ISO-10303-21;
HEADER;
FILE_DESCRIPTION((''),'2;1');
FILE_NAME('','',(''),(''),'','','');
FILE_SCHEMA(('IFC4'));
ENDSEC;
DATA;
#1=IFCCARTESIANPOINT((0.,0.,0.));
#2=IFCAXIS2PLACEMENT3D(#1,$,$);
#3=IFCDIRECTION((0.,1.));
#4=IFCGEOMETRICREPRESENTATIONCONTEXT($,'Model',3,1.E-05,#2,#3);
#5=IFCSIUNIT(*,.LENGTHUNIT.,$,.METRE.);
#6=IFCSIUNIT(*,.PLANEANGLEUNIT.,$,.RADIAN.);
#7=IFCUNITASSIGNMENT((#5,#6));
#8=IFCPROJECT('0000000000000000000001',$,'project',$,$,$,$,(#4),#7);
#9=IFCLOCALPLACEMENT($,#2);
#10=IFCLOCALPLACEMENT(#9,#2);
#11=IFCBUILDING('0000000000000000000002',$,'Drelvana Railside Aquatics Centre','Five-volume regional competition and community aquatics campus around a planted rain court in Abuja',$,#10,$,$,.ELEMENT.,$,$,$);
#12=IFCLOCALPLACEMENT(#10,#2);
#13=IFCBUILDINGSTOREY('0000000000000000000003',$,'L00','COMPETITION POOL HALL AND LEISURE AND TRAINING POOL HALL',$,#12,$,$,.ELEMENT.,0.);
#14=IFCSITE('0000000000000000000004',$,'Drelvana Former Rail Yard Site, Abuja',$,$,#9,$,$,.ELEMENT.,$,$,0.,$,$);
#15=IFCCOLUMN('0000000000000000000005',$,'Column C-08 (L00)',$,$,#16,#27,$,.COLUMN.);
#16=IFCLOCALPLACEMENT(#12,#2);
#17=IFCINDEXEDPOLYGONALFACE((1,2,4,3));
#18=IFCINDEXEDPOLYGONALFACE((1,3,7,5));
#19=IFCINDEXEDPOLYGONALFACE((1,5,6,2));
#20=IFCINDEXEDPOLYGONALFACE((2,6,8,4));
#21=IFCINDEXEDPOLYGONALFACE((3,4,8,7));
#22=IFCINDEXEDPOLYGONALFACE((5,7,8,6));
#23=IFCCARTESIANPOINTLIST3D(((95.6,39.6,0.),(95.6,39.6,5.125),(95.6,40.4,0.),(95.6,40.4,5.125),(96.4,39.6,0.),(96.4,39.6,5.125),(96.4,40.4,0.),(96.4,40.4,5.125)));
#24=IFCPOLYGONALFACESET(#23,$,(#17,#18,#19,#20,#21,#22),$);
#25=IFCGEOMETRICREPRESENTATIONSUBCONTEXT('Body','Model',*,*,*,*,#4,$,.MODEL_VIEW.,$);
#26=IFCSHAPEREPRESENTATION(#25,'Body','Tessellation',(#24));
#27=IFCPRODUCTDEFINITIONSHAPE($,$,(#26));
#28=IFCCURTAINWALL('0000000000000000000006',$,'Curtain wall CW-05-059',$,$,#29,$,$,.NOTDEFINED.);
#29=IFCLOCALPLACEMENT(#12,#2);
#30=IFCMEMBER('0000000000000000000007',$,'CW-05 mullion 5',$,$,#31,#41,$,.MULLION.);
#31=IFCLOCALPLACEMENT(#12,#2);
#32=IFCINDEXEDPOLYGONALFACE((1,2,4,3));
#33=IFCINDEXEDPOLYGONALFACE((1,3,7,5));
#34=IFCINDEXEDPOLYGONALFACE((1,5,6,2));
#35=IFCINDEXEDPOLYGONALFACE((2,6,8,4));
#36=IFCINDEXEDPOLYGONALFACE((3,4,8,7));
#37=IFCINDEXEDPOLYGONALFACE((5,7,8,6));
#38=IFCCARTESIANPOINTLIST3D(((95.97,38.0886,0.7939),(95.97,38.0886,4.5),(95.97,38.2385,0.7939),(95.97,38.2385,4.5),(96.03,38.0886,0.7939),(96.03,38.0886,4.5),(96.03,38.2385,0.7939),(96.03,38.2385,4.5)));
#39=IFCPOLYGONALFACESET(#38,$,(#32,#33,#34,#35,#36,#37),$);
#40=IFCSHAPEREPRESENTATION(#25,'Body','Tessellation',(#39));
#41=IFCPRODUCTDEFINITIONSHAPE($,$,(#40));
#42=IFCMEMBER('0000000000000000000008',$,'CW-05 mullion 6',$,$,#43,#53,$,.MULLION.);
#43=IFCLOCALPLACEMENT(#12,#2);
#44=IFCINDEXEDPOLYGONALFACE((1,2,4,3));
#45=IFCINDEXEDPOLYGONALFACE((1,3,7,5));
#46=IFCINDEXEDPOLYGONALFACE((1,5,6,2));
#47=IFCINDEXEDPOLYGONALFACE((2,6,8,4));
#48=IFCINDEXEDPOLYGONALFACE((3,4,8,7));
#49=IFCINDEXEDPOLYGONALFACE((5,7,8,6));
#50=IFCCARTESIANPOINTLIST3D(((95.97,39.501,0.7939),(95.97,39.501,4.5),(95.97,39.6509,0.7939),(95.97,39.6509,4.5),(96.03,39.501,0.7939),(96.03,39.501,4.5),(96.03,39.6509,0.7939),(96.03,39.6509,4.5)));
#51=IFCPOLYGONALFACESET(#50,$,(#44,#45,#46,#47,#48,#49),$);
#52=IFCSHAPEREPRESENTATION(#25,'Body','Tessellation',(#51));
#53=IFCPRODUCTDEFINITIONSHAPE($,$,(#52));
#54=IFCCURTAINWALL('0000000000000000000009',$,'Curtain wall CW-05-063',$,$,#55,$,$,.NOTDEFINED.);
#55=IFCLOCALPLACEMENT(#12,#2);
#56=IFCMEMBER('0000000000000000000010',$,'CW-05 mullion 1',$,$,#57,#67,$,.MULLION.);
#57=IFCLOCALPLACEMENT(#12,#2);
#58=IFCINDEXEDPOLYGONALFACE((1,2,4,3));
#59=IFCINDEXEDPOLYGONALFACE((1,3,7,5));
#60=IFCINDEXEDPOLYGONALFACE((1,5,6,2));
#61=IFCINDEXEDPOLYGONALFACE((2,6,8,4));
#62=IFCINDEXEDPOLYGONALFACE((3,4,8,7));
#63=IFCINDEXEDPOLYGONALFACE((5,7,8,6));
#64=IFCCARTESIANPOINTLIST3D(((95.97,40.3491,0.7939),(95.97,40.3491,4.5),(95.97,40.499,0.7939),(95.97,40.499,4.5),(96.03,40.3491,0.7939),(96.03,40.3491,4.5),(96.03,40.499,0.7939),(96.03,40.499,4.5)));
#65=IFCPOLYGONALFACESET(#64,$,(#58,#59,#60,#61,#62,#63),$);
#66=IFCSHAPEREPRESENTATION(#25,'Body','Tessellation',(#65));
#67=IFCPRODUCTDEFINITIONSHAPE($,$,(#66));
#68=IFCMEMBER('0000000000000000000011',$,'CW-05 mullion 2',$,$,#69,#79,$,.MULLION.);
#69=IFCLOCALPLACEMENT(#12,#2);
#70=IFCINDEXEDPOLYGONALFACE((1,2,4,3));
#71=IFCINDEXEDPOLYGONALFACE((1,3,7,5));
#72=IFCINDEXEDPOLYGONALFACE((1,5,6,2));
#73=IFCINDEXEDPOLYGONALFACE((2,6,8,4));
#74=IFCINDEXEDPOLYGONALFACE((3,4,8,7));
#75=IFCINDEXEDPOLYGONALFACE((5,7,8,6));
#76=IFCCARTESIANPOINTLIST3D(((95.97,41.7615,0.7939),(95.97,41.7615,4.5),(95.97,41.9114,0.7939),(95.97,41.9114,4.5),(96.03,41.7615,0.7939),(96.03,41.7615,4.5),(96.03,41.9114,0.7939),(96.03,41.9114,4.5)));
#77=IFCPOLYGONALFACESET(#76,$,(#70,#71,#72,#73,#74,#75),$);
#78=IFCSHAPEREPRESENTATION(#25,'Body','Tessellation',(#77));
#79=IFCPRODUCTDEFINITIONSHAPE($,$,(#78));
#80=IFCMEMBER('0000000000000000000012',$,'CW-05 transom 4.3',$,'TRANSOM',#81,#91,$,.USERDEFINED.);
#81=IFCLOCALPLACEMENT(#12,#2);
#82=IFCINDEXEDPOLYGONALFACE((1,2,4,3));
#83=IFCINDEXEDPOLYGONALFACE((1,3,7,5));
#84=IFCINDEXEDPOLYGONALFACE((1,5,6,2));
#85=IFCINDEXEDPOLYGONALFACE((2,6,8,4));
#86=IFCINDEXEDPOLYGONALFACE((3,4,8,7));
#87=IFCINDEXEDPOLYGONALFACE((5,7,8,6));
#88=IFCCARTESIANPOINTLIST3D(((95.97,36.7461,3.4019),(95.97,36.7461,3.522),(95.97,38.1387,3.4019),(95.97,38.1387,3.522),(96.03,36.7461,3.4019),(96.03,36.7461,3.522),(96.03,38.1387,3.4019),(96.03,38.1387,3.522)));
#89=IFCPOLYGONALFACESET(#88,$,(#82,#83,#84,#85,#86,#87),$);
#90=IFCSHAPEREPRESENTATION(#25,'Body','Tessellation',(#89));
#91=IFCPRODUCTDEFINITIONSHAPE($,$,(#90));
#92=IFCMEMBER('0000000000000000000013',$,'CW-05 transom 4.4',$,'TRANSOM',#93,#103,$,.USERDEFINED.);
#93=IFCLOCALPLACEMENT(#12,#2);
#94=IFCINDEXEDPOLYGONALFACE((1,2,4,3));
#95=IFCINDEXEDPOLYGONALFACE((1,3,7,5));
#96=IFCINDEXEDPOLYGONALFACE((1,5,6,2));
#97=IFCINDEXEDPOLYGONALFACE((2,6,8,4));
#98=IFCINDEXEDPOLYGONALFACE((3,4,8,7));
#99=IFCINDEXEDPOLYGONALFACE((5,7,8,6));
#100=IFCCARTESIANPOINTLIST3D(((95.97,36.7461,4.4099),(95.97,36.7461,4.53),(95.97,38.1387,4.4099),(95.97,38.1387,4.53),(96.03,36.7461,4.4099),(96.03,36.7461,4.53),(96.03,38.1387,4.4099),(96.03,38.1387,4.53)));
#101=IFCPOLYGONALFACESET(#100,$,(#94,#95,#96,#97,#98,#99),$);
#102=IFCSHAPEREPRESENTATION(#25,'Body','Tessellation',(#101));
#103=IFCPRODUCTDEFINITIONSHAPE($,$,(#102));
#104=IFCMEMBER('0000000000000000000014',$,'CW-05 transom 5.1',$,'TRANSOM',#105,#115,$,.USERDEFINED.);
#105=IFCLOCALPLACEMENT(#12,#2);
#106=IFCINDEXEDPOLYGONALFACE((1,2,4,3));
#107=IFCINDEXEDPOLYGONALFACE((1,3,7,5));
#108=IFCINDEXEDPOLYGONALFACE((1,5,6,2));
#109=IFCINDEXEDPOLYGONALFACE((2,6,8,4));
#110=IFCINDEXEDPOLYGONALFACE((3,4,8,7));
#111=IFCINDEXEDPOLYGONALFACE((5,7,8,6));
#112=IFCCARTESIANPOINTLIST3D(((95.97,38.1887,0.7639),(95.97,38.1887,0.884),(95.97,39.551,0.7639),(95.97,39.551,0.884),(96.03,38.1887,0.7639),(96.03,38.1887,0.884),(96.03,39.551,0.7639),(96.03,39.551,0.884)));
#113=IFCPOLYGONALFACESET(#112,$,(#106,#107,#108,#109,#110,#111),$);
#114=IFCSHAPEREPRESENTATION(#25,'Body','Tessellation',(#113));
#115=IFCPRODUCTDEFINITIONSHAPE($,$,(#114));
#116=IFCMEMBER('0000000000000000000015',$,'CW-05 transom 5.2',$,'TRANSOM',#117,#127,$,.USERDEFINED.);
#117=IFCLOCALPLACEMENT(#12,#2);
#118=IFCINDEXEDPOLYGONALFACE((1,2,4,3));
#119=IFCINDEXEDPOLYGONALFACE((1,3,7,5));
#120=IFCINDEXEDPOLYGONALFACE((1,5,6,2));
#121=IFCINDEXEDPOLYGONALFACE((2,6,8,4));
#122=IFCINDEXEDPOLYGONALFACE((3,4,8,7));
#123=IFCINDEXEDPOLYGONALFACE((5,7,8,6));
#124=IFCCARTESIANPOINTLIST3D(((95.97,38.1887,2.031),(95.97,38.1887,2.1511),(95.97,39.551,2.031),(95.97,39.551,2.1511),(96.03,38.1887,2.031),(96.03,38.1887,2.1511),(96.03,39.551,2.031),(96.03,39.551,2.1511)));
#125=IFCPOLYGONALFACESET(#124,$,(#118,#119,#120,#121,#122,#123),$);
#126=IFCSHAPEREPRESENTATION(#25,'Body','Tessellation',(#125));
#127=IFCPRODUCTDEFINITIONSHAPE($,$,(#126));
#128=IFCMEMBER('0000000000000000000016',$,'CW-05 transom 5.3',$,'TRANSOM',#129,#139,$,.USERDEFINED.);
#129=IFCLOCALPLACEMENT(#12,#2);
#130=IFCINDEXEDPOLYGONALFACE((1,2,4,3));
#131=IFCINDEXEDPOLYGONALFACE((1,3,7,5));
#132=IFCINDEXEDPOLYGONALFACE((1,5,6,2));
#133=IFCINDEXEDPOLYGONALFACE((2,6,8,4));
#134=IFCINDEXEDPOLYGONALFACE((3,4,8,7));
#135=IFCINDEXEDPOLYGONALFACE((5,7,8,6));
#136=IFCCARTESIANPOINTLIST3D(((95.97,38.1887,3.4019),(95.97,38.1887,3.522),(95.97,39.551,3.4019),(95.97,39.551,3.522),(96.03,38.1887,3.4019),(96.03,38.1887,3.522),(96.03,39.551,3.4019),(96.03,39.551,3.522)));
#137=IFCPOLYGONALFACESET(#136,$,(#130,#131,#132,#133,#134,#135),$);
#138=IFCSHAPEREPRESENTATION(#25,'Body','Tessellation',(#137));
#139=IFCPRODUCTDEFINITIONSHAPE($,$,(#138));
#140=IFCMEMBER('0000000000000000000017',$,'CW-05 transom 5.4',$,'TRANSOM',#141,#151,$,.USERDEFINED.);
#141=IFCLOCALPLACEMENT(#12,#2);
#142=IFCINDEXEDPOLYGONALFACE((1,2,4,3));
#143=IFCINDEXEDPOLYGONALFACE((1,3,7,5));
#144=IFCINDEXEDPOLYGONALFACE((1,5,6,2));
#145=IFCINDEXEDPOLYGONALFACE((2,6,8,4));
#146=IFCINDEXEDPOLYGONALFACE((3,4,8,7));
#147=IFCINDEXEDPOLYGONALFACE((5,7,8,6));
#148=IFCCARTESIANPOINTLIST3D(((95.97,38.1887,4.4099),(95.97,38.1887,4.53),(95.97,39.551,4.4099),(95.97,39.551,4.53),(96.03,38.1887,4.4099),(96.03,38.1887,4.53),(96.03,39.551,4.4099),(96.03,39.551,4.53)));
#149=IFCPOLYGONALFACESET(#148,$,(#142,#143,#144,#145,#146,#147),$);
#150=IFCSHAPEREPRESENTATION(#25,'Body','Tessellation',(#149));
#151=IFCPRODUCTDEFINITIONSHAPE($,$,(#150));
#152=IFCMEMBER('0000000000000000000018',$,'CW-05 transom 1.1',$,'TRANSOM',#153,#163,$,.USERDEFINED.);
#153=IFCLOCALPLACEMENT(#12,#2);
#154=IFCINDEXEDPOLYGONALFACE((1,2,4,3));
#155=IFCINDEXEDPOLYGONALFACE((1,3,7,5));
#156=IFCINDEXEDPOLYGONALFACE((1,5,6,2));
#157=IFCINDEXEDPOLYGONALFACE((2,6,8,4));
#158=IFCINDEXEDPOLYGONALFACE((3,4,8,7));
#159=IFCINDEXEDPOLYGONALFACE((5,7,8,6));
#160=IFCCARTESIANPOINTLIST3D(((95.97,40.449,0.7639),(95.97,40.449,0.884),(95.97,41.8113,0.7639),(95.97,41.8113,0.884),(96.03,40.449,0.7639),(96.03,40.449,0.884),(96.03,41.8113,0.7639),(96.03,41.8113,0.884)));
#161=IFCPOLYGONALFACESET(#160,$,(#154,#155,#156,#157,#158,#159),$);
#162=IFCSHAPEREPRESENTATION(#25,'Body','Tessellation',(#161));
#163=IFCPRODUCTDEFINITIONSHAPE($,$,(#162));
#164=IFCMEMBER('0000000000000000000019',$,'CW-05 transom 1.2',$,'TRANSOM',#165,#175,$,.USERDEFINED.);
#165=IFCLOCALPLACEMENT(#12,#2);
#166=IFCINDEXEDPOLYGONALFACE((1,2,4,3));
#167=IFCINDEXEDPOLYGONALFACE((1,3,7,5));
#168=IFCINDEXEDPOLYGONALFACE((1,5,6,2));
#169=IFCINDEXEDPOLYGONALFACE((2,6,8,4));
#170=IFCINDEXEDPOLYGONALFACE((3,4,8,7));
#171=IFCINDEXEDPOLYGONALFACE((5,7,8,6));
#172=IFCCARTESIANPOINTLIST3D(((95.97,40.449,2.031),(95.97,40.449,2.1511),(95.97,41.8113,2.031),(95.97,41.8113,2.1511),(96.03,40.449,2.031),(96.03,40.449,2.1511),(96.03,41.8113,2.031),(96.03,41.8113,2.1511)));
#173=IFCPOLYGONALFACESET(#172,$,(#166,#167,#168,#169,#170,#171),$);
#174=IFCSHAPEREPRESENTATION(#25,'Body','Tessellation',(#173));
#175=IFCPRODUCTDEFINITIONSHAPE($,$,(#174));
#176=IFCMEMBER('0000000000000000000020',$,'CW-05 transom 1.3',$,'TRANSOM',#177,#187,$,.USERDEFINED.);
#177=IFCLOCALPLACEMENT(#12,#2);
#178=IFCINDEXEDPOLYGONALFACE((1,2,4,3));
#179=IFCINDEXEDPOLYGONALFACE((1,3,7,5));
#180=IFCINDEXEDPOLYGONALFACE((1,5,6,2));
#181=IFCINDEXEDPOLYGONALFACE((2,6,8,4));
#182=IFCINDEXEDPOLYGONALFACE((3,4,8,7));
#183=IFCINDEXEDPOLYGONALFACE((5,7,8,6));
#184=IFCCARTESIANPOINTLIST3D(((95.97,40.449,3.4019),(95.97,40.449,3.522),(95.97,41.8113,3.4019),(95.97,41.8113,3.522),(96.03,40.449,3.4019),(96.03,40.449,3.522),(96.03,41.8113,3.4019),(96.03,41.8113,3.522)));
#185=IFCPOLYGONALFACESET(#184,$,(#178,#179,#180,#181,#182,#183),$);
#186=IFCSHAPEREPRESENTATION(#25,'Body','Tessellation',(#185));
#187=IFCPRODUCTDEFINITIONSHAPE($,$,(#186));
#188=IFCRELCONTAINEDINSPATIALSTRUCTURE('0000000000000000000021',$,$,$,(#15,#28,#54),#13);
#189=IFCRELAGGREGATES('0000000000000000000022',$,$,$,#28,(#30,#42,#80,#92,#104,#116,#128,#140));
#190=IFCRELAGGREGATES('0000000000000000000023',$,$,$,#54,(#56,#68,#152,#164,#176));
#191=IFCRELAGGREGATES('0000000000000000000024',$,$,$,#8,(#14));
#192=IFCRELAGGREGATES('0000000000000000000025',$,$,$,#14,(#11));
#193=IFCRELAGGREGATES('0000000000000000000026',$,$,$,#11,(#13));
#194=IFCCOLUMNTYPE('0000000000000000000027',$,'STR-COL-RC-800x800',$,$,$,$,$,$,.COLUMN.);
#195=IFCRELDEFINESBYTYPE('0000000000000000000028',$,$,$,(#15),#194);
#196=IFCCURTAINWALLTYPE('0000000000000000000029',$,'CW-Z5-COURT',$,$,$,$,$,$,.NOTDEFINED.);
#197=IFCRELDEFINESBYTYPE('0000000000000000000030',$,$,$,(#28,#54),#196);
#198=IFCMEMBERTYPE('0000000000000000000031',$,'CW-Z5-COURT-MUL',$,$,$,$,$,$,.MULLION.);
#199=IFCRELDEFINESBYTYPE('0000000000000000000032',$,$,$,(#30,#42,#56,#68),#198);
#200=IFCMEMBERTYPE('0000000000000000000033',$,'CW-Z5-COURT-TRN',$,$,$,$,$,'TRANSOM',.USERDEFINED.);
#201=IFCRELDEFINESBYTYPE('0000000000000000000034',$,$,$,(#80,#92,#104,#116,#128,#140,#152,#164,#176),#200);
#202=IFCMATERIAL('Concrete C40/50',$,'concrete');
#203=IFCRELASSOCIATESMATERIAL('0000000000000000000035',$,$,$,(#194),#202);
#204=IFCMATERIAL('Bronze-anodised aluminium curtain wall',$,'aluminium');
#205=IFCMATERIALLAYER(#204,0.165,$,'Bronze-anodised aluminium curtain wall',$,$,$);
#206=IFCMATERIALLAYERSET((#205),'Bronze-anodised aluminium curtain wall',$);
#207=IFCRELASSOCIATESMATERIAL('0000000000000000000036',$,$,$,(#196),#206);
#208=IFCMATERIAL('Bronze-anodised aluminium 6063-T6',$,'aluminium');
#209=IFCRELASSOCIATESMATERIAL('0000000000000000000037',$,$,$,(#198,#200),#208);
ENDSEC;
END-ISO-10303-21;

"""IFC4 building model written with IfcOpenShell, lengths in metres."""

from ifc_helpers import new_model, si_unit, direction, frame, origin, origin_2d, place, context, subcontext, project, spatial, rectangle, extrude, material, layer, layer_set, material_profile, profile_set, type_object, element, aggregate, save


model = new_model("IFC4")

# Units and contexts
model_context = context("Model", 3, precision=1e-05, world=origin(), true_north=direction((0.0, 1.0)))
body_context = subcontext(model_context, "Body", "Model", "MODEL_VIEW")
ifc_project = project(units=[si_unit("LENGTHUNIT", "METRE"), si_unit("PLANEANGLEUNIT", "RADIAN")], contexts=[model_context])

# Site, building, storey
site_placement = place(None, origin())
site = spatial("IfcSite", under=ifc_project, at=site_placement, Name="Drelvana Former Rail Yard Site, Abuja", CompositionType="ELEMENT", RefElevation=0.0)
building_placement = place(site_placement, origin())
building = spatial("IfcBuilding", under=site, at=building_placement, Name="Drelvana Railside Aquatics Centre", Description="Five-volume regional competition and community aquatics campus around a planted rain court in Abuja", CompositionType="ELEMENT")
storey_placement = place(building_placement, origin())
storey = spatial("IfcBuildingStorey", under=building, at=storey_placement, Name="L00", Description="COMPETITION POOL HALL AND LEISURE AND TRAINING POOL HALL", CompositionType="ELEMENT", Elevation=0.0)

# Column
ifc_material_1 = material(Name="Concrete C40/50", Category="concrete")
ifc_material_profile_1 = material_profile(ifc_material_1, rectangle(XDim=0.8, YDim=0.8, at=origin_2d()), Name="RC 800x800")
ifc_profile_set_1 = profile_set([ifc_material_profile_1], Name="Concrete C40/50")
column_type = type_object("IfcColumnType", Name="STR-COL-RC-800x800", PredefinedType="COLUMN", material=ifc_profile_set_1)
column_placement = place(storey_placement, frame((96.0, 40.0, 0.0), z_axis=(0.0, 0.0, 1.0), x_axis=(1.0, 0.0, 0.0)))
element("IfcColumn", 1, at=column_placement, inside=storey, type_object=column_type, Name="Column C-08 (L00)", PredefinedType="COLUMN", context=body_context, shape_type="SweptSolid", body=[
    extrude(rectangle(XDim=0.8, YDim=0.8, at=origin_2d()), origin(), (0.0, 0.0, 1.0), 5.125),
])

# Curtain walls, members
ifc_material_2 = material(Name="Bronze-anodised aluminium curtain wall", Category="aluminium")
ifc_layer_1 = layer(ifc_material_2, 0.165, Name="Bronze-anodised aluminium curtain wall")
ifc_layer_set_1 = layer_set([ifc_layer_1], Name="Bronze-anodised aluminium curtain wall")
curtain_wall_type = type_object("IfcCurtainWallType", Name="CW-Z5-COURT", PredefinedType="NOTDEFINED", material=ifc_layer_set_1)
curtain_wall_1_placement = place(storey_placement, origin())
curtain_wall_1 = element("IfcCurtainWall", 2, at=curtain_wall_1_placement, inside=storey, type_object=curtain_wall_type, Name="Curtain wall CW-05-059", PredefinedType="NOTDEFINED")
ifc_material_3 = material(Name="Bronze-anodised aluminium 6063-T6", Category="aluminium")
ifc_material_profile_2 = material_profile(ifc_material_3, rectangle(XDim=0.0601, YDim=0.1499, at=origin_2d()), Name="ALU-M 60x150")
ifc_profile_set_2 = profile_set([ifc_material_profile_2], Name="Bronze-anodised aluminium 6063-T6")
member_type_1 = type_object("IfcMemberType", Name="CW-Z5-COURT-MUL", PredefinedType="MULLION", material=ifc_profile_set_2)
member_1_placement = place(storey_placement, frame((96.0, 38.1636, 0.7939), z_axis=(0.0, 0.0, 1.0), x_axis=(-1.0, 0.0, 0.0)))
member_1 = element("IfcMember", 3, at=member_1_placement, type_object=member_type_1, Name="CW-05 mullion 5", PredefinedType="MULLION", context=body_context, shape_type="SweptSolid", body=[
    extrude(rectangle(XDim=0.0601, YDim=0.1499, at=origin_2d()), origin(), (0.0, 0.0, 1.0), 3.7061),
])
member_2_placement = place(storey_placement, frame((96.0, 39.5759, 0.7939), z_axis=(0.0, 0.0, 1.0), x_axis=(-1.0, 0.0, 0.0)))
member_2 = element("IfcMember", 4, at=member_2_placement, type_object=member_type_1, Name="CW-05 mullion 6", PredefinedType="MULLION", context=body_context, shape_type="SweptSolid", body=[
    extrude(rectangle(XDim=0.0601, YDim=0.1499, at=origin_2d()), origin(), (0.0, 0.0, 1.0), 3.7061),
])
curtain_wall_2_placement = place(storey_placement, origin())
curtain_wall_2 = element("IfcCurtainWall", 5, at=curtain_wall_2_placement, inside=storey, type_object=curtain_wall_type, Name="Curtain wall CW-05-063", PredefinedType="NOTDEFINED")
member_3_placement = place(storey_placement, frame((96.0, 40.4241, 0.7939), z_axis=(0.0, 0.0, 1.0), x_axis=(-1.0, 0.0, 0.0)))
member_3 = element("IfcMember", 6, at=member_3_placement, type_object=member_type_1, Name="CW-05 mullion 1", PredefinedType="MULLION", context=body_context, shape_type="SweptSolid", body=[
    extrude(rectangle(XDim=0.0601, YDim=0.1499, at=origin_2d()), origin(), (0.0, 0.0, 1.0), 3.7061),
])
member_4_placement = place(storey_placement, frame((96.0, 41.8364, 0.7939), z_axis=(0.0, 0.0, 1.0), x_axis=(-1.0, 0.0, 0.0)))
member_4 = element("IfcMember", 7, at=member_4_placement, type_object=member_type_1, Name="CW-05 mullion 2", PredefinedType="MULLION", context=body_context, shape_type="SweptSolid", body=[
    extrude(rectangle(XDim=0.0601, YDim=0.1499, at=origin_2d()), origin(), (0.0, 0.0, 1.0), 3.7061),
])

# Members
ifc_material_profile_3 = material_profile(ifc_material_3, rectangle(XDim=0.1201, YDim=0.0601, at=origin_2d()), Name="ALU-T 60x120")
ifc_profile_set_3 = profile_set([ifc_material_profile_3], Name="Bronze-anodised aluminium 6063-T6")
member_type_2 = type_object("IfcMemberType", Name="CW-Z5-COURT-TRN", ElementType="TRANSOM", PredefinedType="USERDEFINED", material=ifc_profile_set_3)
member_5_placement = place(storey_placement, frame((96.0, 36.7461, 3.4619), z_axis=(0.0, 1.0, 0.0), x_axis=(0.0, 0.0, 1.0)))
member_5 = element("IfcMember", 8, at=member_5_placement, type_object=member_type_2, Name="CW-05 transom 4.3", ObjectType="TRANSOM", PredefinedType="USERDEFINED", context=body_context, shape_type="SweptSolid", body=[
    extrude(rectangle(XDim=0.1201, YDim=0.0601, at=origin_2d()), origin(), (0.0, 0.0, 1.0), 1.3926),
])
member_6_placement = place(storey_placement, frame((96.0, 36.7461, 4.47), z_axis=(0.0, 1.0, 0.0), x_axis=(0.0, 0.0, 1.0)))
member_6 = element("IfcMember", 9, at=member_6_placement, type_object=member_type_2, Name="CW-05 transom 4.4", ObjectType="TRANSOM", PredefinedType="USERDEFINED", context=body_context, shape_type="SweptSolid", body=[
    extrude(rectangle(XDim=0.1201, YDim=0.0601, at=origin_2d()), origin(), (0.0, 0.0, 1.0), 1.3926),
])
member_7_placement = place(storey_placement, frame((96.0, 38.1887, 0.824), z_axis=(0.0, 1.0, 0.0), x_axis=(0.0, 0.0, 1.0)))
member_7 = element("IfcMember", 10, at=member_7_placement, type_object=member_type_2, Name="CW-05 transom 5.1", ObjectType="TRANSOM", PredefinedType="USERDEFINED", context=body_context, shape_type="SweptSolid", body=[
    extrude(rectangle(XDim=0.1201, YDim=0.0601, at=origin_2d()), origin(), (0.0, 0.0, 1.0), 1.3623),
])
member_8_placement = place(storey_placement, frame((96.0, 38.1887, 2.0911), z_axis=(0.0, 1.0, 0.0), x_axis=(0.0, 0.0, 1.0)))
member_8 = element("IfcMember", 11, at=member_8_placement, type_object=member_type_2, Name="CW-05 transom 5.2", ObjectType="TRANSOM", PredefinedType="USERDEFINED", context=body_context, shape_type="SweptSolid", body=[
    extrude(rectangle(XDim=0.1201, YDim=0.0601, at=origin_2d()), origin(), (0.0, 0.0, 1.0), 1.3623),
])
member_9_placement = place(storey_placement, frame((96.0, 38.1887, 3.4619), z_axis=(0.0, 1.0, 0.0), x_axis=(0.0, 0.0, 1.0)))
member_9 = element("IfcMember", 12, at=member_9_placement, type_object=member_type_2, Name="CW-05 transom 5.3", ObjectType="TRANSOM", PredefinedType="USERDEFINED", context=body_context, shape_type="SweptSolid", body=[
    extrude(rectangle(XDim=0.1201, YDim=0.0601, at=origin_2d()), origin(), (0.0, 0.0, 1.0), 1.3623),
])
member_10_placement = place(storey_placement, frame((96.0, 38.1887, 4.47), z_axis=(0.0, 1.0, 0.0), x_axis=(0.0, 0.0, 1.0)))
member_10 = element("IfcMember", 13, at=member_10_placement, type_object=member_type_2, Name="CW-05 transom 5.4", ObjectType="TRANSOM", PredefinedType="USERDEFINED", context=body_context, shape_type="SweptSolid", body=[
    extrude(rectangle(XDim=0.1201, YDim=0.0601, at=origin_2d()), origin(), (0.0, 0.0, 1.0), 1.3623),
])
member_11_placement = place(storey_placement, frame((96.0, 40.449, 0.824), z_axis=(0.0, 1.0, 0.0), x_axis=(0.0, 0.0, 1.0)))
member_11 = element("IfcMember", 14, at=member_11_placement, type_object=member_type_2, Name="CW-05 transom 1.1", ObjectType="TRANSOM", PredefinedType="USERDEFINED", context=body_context, shape_type="SweptSolid", body=[
    extrude(rectangle(XDim=0.1201, YDim=0.0601, at=origin_2d()), origin(), (0.0, 0.0, 1.0), 1.3623),
])
member_12_placement = place(storey_placement, frame((96.0, 40.449, 2.0911), z_axis=(0.0, 1.0, 0.0), x_axis=(0.0, 0.0, 1.0)))
member_12 = element("IfcMember", 15, at=member_12_placement, type_object=member_type_2, Name="CW-05 transom 1.2", ObjectType="TRANSOM", PredefinedType="USERDEFINED", context=body_context, shape_type="SweptSolid", body=[
    extrude(rectangle(XDim=0.1201, YDim=0.0601, at=origin_2d()), origin(), (0.0, 0.0, 1.0), 1.3623),
])
member_13_placement = place(storey_placement, frame((96.0, 40.449, 3.4619), z_axis=(0.0, 1.0, 0.0), x_axis=(0.0, 0.0, 1.0)))
member_13 = element("IfcMember", 16, at=member_13_placement, type_object=member_type_2, Name="CW-05 transom 1.3", ObjectType="TRANSOM", PredefinedType="USERDEFINED", context=body_context, shape_type="SweptSolid", body=[
    extrude(rectangle(XDim=0.1201, YDim=0.0601, at=origin_2d()), origin(), (0.0, 0.0, 1.0), 1.3623),
])

aggregate(curtain_wall_1, [member_1, member_2, member_5, member_6, member_7, member_8, member_9, member_10])
aggregate(curtain_wall_2, [member_3, member_4, member_11, member_12, member_13])

save(model, "model.ifc")
